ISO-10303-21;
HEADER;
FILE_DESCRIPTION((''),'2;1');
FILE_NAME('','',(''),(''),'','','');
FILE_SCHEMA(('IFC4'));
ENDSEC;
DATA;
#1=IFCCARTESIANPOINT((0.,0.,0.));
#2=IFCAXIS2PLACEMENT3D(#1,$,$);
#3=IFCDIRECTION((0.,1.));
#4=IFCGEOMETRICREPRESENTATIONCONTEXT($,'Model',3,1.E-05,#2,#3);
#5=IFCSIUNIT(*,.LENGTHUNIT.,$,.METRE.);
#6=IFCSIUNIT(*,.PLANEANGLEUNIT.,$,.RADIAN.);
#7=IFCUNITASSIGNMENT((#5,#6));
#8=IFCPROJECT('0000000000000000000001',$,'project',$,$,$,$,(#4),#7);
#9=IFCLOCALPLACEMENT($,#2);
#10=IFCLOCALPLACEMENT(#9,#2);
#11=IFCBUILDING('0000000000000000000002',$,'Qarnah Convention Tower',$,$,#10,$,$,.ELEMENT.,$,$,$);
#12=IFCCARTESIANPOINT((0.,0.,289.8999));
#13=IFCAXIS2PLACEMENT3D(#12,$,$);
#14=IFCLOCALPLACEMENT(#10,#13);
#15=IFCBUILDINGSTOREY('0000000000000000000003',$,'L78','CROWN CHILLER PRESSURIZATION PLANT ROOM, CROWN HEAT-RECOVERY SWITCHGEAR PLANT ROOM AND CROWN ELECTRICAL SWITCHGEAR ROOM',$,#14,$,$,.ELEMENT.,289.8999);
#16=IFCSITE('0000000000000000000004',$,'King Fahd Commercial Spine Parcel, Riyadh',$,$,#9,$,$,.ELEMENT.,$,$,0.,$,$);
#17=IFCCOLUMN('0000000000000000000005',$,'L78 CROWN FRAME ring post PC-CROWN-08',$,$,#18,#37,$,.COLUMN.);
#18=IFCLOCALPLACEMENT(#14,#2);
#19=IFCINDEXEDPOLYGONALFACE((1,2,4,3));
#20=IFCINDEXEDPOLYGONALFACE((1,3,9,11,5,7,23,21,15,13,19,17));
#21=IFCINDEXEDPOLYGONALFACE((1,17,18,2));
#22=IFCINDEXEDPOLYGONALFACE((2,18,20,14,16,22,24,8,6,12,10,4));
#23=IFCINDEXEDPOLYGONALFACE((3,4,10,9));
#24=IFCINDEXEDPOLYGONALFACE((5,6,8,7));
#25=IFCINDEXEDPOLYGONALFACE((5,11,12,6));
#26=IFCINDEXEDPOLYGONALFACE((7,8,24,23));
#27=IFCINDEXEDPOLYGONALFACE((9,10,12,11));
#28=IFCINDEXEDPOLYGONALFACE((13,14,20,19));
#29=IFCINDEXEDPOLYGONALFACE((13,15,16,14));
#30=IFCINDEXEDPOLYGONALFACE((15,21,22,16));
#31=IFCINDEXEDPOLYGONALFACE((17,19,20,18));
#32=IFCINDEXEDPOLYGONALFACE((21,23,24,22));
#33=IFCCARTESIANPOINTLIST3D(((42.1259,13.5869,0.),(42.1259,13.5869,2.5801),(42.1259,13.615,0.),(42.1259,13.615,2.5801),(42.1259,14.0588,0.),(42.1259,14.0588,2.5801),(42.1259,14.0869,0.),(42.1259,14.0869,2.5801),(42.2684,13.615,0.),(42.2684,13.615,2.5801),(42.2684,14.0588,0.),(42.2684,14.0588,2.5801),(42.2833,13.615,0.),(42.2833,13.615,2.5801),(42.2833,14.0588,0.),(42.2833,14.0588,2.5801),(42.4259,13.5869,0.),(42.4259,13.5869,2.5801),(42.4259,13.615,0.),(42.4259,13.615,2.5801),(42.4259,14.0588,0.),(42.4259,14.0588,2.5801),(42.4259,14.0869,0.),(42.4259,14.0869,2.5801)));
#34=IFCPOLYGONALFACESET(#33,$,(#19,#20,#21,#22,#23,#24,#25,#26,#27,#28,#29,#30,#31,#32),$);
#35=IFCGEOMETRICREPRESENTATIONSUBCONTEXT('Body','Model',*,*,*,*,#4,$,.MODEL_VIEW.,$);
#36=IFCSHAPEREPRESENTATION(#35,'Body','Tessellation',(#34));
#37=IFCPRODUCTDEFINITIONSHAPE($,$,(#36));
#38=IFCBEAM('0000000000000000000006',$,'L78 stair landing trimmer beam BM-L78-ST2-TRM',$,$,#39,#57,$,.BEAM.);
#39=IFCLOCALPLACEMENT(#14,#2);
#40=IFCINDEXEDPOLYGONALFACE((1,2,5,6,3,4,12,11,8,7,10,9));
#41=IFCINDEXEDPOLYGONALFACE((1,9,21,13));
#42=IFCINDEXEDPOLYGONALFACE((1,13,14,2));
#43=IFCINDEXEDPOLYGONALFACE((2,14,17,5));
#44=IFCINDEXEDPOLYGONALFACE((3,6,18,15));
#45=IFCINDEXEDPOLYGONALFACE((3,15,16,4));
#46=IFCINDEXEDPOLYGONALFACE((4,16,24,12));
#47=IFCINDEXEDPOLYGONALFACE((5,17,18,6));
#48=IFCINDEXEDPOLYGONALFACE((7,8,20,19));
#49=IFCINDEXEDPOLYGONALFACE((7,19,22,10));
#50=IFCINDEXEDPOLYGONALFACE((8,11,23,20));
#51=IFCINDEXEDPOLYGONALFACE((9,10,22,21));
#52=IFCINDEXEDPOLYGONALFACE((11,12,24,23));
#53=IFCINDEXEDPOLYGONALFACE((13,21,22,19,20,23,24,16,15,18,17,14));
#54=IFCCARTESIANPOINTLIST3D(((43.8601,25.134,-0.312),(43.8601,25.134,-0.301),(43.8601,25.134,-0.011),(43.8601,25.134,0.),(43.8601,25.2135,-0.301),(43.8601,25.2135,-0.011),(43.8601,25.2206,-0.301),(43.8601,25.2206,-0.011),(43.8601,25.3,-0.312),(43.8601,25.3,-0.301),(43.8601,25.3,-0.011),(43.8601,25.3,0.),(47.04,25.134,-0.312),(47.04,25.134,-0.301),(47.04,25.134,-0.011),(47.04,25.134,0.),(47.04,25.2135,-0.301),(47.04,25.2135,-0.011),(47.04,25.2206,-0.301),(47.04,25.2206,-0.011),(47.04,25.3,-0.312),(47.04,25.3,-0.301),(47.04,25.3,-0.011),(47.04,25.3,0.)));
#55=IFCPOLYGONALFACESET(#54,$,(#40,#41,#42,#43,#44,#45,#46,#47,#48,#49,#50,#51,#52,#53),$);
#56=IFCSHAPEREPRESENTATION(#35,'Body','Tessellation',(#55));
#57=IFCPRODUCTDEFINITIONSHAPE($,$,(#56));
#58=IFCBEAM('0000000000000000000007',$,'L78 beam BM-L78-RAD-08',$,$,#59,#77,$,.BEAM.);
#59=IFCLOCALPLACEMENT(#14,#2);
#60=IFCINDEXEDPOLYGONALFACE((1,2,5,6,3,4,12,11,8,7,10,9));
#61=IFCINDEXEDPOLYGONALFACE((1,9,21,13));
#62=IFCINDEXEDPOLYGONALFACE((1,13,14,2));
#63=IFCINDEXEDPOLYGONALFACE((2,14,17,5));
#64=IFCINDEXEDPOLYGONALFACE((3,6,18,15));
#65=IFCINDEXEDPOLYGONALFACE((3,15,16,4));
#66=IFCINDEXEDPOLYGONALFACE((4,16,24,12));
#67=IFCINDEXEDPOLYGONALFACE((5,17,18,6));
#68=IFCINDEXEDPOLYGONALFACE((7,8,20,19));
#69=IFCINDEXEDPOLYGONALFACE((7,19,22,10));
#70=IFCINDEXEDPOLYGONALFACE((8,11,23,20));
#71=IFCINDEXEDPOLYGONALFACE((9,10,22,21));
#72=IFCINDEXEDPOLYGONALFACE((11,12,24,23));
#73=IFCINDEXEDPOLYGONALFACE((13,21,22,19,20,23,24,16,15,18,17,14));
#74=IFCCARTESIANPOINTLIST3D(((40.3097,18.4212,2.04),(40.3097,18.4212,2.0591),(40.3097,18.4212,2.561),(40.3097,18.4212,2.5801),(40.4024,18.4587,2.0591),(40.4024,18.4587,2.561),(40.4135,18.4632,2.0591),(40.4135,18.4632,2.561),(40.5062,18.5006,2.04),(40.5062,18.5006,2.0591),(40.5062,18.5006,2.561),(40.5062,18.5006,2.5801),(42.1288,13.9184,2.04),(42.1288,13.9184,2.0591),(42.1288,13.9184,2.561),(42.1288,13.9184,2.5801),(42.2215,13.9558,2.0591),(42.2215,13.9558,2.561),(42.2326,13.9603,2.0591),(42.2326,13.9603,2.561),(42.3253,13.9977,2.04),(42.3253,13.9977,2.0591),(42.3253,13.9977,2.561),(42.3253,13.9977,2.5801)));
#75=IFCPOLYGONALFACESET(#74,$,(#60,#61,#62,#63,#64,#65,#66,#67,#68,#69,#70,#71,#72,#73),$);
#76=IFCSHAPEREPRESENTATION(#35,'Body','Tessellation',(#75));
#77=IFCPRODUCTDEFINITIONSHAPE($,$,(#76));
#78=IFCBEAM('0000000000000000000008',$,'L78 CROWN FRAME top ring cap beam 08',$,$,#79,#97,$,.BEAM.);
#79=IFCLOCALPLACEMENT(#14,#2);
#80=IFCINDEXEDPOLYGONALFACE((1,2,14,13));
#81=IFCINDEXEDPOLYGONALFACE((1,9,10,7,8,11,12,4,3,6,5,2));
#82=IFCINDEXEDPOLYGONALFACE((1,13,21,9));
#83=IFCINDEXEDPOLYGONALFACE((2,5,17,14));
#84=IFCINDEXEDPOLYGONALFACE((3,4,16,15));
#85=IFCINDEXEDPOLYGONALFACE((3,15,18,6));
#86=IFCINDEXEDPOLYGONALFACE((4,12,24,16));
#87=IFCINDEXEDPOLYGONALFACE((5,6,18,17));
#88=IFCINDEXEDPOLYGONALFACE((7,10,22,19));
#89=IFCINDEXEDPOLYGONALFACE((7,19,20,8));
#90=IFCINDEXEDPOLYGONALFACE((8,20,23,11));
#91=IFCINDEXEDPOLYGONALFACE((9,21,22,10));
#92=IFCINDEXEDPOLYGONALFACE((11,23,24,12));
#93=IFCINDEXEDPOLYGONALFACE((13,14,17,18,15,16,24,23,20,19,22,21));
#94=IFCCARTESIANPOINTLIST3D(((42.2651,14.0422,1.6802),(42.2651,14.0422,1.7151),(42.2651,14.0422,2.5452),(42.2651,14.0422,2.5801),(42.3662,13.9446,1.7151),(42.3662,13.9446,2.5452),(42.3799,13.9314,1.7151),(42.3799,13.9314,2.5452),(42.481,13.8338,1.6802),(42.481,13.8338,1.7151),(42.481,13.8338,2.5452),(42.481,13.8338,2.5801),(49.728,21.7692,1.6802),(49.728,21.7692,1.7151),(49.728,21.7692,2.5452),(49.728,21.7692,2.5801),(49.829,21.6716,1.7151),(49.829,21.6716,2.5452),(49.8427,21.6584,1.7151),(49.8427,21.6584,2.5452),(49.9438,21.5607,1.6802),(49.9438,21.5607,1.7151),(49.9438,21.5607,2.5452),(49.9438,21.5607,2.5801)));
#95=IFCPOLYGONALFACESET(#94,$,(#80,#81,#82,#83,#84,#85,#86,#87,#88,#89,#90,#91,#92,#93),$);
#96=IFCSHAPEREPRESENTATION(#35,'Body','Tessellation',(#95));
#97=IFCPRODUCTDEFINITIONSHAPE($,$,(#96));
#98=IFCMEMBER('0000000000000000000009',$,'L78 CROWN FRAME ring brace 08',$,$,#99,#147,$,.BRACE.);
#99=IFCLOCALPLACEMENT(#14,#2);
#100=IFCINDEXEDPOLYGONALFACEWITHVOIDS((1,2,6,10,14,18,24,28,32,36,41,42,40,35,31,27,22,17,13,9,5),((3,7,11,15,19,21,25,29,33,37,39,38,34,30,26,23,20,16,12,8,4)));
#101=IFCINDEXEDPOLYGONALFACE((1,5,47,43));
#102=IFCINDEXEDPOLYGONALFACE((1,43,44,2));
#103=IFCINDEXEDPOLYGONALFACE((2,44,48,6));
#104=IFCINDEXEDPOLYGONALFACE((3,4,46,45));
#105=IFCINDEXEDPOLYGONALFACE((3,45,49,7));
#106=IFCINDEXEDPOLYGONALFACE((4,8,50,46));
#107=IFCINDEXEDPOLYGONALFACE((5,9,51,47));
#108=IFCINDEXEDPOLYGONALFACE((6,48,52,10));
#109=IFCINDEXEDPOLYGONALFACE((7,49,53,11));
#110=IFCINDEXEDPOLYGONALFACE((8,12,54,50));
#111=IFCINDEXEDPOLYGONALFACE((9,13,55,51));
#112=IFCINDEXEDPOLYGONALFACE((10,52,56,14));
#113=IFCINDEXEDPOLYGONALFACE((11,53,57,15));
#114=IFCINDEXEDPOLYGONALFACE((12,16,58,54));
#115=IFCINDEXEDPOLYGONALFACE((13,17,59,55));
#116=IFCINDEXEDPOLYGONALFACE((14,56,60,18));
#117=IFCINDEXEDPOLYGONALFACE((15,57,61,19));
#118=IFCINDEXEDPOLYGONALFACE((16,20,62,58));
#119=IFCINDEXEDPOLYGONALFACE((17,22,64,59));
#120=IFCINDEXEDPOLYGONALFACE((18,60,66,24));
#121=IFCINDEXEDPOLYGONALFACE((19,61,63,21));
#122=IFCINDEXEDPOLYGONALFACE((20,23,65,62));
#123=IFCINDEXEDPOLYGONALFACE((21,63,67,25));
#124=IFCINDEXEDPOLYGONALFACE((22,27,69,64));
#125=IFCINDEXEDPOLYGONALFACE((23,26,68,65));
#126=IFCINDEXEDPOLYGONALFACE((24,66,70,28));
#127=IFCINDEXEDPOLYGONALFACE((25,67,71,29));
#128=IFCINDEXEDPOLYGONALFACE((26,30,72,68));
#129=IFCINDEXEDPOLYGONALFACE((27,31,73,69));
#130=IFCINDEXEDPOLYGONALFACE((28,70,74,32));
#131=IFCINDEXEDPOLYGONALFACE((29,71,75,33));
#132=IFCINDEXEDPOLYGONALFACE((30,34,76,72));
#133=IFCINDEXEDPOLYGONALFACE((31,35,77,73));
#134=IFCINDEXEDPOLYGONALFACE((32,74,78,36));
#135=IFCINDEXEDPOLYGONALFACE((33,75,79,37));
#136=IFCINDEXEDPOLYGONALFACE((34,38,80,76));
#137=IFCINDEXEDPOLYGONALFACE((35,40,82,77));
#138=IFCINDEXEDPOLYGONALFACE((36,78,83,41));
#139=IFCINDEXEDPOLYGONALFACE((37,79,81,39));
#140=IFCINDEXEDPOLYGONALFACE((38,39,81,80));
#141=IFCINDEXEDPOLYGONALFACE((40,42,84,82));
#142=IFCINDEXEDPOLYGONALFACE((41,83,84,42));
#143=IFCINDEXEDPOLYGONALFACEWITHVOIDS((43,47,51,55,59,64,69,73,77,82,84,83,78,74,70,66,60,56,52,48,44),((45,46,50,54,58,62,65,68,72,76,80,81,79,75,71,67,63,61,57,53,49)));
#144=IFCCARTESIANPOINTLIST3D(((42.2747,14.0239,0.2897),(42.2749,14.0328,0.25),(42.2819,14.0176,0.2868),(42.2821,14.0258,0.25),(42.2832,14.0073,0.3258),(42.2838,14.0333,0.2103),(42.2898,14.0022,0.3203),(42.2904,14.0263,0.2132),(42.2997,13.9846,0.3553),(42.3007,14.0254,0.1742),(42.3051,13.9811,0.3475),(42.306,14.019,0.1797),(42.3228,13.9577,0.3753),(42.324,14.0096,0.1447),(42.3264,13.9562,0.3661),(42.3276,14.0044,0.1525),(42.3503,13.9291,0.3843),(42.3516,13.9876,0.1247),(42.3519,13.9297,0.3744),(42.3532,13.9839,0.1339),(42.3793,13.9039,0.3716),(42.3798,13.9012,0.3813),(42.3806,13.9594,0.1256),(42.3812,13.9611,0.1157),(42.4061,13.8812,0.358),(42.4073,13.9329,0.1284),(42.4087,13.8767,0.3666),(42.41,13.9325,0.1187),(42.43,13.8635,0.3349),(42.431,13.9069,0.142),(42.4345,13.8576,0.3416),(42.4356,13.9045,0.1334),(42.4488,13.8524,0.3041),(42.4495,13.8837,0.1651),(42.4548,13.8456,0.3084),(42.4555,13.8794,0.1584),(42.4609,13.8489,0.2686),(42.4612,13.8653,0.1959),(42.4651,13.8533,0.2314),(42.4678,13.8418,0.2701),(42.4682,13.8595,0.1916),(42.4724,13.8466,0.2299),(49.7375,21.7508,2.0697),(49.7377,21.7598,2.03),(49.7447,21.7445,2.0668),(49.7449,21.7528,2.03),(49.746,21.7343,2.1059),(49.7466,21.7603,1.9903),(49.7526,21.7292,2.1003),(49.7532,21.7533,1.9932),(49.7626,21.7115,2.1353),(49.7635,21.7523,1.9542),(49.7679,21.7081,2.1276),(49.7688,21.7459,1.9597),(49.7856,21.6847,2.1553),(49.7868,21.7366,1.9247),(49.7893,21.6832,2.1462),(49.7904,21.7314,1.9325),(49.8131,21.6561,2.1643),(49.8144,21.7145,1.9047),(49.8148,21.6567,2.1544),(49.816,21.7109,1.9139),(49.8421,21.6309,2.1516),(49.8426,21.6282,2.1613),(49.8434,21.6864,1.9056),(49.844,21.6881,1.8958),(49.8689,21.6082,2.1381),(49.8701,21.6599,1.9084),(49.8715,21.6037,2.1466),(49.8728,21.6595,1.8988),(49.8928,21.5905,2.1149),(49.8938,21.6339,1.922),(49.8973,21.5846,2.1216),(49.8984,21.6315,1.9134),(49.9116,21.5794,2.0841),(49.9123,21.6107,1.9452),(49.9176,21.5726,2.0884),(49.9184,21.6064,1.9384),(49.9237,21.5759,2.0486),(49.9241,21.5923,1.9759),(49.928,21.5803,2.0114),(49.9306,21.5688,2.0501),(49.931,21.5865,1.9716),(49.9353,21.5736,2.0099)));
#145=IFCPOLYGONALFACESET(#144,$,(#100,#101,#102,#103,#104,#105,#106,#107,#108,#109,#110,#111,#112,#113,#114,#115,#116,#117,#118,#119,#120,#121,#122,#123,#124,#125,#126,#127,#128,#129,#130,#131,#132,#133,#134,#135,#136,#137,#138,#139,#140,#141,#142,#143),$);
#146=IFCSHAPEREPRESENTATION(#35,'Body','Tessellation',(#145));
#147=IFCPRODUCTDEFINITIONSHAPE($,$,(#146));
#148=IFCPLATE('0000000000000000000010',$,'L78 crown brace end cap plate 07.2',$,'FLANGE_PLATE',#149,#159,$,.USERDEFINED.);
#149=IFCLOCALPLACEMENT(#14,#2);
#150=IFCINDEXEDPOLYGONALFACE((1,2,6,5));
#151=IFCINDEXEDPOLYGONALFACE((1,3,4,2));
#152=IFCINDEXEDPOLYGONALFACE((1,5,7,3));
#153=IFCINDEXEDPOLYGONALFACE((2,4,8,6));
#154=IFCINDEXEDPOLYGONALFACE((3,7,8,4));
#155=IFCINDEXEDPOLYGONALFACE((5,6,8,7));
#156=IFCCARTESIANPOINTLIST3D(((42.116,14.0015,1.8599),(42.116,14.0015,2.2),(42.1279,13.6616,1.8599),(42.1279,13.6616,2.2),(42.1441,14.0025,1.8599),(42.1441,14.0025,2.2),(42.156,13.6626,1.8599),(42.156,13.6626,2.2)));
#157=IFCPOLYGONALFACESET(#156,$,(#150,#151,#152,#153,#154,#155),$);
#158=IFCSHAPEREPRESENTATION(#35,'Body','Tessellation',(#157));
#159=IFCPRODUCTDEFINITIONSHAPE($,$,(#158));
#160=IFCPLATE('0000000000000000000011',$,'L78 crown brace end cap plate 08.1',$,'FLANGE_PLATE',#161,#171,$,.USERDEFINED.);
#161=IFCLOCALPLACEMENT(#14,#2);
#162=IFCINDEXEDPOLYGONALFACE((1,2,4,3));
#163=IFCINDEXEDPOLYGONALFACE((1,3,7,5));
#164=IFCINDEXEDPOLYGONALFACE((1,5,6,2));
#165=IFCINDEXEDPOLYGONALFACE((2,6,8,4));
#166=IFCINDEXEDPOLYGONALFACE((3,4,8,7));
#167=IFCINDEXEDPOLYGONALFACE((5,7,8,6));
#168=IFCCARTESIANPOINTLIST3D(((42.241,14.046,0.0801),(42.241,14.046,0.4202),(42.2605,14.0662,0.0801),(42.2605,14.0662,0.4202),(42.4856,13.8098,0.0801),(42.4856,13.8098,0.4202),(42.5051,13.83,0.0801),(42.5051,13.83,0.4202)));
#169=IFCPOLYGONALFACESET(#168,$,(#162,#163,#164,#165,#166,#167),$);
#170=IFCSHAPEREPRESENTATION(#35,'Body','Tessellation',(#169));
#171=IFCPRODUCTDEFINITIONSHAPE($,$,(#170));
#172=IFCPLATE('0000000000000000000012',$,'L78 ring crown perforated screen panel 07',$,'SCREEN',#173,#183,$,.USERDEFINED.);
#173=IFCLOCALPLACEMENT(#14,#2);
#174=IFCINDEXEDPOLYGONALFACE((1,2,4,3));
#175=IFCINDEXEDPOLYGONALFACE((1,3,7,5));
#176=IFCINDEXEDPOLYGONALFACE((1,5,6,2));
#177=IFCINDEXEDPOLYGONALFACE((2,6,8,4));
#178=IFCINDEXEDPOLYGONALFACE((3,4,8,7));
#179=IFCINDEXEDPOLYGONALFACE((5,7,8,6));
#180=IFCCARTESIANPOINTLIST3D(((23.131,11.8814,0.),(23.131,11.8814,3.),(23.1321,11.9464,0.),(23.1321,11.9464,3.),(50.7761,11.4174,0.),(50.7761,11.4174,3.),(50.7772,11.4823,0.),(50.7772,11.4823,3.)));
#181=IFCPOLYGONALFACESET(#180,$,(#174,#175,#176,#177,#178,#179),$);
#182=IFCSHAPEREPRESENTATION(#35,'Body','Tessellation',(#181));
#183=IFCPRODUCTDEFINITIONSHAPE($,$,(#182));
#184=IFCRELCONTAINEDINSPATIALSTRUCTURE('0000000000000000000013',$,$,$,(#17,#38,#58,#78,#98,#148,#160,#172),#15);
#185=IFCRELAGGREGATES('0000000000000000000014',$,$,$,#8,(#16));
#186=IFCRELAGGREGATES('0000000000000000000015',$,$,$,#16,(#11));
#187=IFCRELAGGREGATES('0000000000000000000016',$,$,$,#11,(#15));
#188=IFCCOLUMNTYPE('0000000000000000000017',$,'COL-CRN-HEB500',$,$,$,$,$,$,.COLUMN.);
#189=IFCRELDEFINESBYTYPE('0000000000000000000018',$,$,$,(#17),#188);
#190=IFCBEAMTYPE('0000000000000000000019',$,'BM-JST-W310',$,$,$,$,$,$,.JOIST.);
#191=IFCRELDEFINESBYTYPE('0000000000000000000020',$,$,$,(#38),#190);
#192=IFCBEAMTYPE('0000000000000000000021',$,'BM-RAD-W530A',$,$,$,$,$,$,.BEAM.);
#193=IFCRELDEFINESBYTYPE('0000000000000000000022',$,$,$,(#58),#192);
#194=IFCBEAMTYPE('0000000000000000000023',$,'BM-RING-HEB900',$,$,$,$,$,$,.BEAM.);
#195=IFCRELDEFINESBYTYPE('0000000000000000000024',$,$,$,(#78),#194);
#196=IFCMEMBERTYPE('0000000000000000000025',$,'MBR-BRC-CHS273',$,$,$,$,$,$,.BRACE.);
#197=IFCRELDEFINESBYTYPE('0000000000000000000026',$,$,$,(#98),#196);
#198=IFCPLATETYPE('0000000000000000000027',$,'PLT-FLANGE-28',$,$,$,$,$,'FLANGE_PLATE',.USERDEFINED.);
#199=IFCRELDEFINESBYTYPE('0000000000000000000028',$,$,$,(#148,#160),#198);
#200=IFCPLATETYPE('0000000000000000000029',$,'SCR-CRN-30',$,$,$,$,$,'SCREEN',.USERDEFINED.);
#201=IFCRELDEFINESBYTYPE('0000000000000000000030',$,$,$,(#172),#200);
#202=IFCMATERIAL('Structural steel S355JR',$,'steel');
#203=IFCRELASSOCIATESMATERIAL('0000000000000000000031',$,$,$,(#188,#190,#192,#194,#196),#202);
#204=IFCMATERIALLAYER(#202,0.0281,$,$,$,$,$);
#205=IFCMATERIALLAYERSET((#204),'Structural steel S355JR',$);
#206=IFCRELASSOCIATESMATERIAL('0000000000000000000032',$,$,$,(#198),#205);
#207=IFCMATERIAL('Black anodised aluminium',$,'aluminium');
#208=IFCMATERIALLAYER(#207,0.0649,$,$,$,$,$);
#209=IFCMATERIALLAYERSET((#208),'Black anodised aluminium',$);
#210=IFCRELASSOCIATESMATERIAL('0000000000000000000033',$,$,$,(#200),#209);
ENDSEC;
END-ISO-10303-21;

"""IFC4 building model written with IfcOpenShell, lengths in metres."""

from ifc_helpers import new_model, si_unit, direction, frame, origin, origin_2d, place, context, subcontext, project, spatial, rectangle, hollow_circle, i_section, extrude, material, layer, layer_set, material_profile, profile_set, type_object, element, save


model = new_model("IFC4")

# Units and contexts
model_context = context("Model", 3, precision=1e-05, world=origin(), true_north=direction((0.0, 1.0)))
body_context = subcontext(model_context, "Body", "Model", "MODEL_VIEW")
ifc_project = project(units=[si_unit("LENGTHUNIT", "METRE"), si_unit("PLANEANGLEUNIT", "RADIAN")], contexts=[model_context])

# Site, building, storey
site_placement = place(None, origin())
site = spatial("IfcSite", under=ifc_project, at=site_placement, Name="King Fahd Commercial Spine Parcel, Riyadh", CompositionType="ELEMENT", RefElevation=0.0)
building_placement = place(site_placement, origin())
building = spatial("IfcBuilding", under=site, at=building_placement, Name="Qarnah Convention Tower", CompositionType="ELEMENT")
storey_placement = place(building_placement, frame((0.0, 0.0, 289.8999)))
storey = spatial("IfcBuildingStorey", under=building, at=storey_placement, Name="L78", Description="CROWN CHILLER PRESSURIZATION PLANT ROOM, CROWN HEAT-RECOVERY SWITCHGEAR PLANT ROOM AND CROWN ELECTRICAL SWITCHGEAR ROOM", CompositionType="ELEMENT", Elevation=289.8999)

# Column
ifc_material_1 = material(Name="Structural steel S355JR", Category="steel")
ifc_material_profile_1 = material_profile(ifc_material_1, i_section(OverallWidth=0.3, OverallDepth=0.5, WebThickness=0.0149, FlangeThickness=0.0281, at=origin_2d()), Name="HEB500")
ifc_profile_set_1 = profile_set([ifc_material_profile_1], Name="Structural steel S355JR")
column_type = type_object("IfcColumnType", Name="COL-CRN-HEB500", PredefinedType="COLUMN", material=ifc_profile_set_1)
column_placement = place(storey_placement, frame((42.2759, 13.8369, 0.0), z_axis=(0.0, 0.0, 1.0), x_axis=(1.0, 0.0, 0.0)))
element("IfcColumn", 1, at=column_placement, inside=storey, type_object=column_type, Name="L78 CROWN FRAME ring post PC-CROWN-08", PredefinedType="COLUMN", context=body_context, shape_type="SweptSolid", body=[
    extrude(i_section(OverallWidth=0.3, OverallDepth=0.5, WebThickness=0.0149, FlangeThickness=0.0281, at=origin_2d()), origin(), (0.0, 0.0, 1.0), 2.5801),
])

# Beams
ifc_material_profile_2 = material_profile(ifc_material_1, i_section(OverallWidth=0.166, OverallDepth=0.312, WebThickness=0.0071, FlangeThickness=0.011, at=origin_2d()), Name="W310X45")
ifc_profile_set_2 = profile_set([ifc_material_profile_2], Name="Structural steel S355JR")
beam_type_1 = type_object("IfcBeamType", Name="BM-JST-W310", PredefinedType="JOIST", material=ifc_profile_set_2)
beam_1_placement = place(storey_placement, frame((43.8601, 25.217, -0.156), z_axis=(1.0, 0.0, 0.0), x_axis=(0.0, 1.0, 0.0)))
element("IfcBeam", 2, at=beam_1_placement, inside=storey, type_object=beam_type_1, Name="L78 stair landing trimmer beam BM-L78-ST2-TRM", PredefinedType="BEAM", context=body_context, shape_type="SweptSolid", body=[
    extrude(i_section(OverallWidth=0.166, OverallDepth=0.312, WebThickness=0.0071, FlangeThickness=0.011, at=origin_2d()), origin(), (0.0, 0.0, 1.0), 3.1799),
])
ifc_material_profile_3 = material_profile(ifc_material_1, i_section(OverallWidth=0.2119, OverallDepth=0.54, WebThickness=0.012, FlangeThickness=0.019, at=origin_2d()), Name="W530X109")
ifc_profile_set_3 = profile_set([ifc_material_profile_3], Name="Structural steel S355JR")
beam_type_2 = type_object("IfcBeamType", Name="BM-RAD-W530A", PredefinedType="BEAM", material=ifc_profile_set_3)
beam_2_placement = place(storey_placement, frame((40.408, 18.4609, 2.3101), z_axis=(0.374569, -0.927199, 0.0), x_axis=(0.927199, 0.374569, 0.0)))
element("IfcBeam", 3, at=beam_2_placement, inside=storey, type_object=beam_type_2, Name="L78 beam BM-L78-RAD-08", PredefinedType="BEAM", context=body_context, shape_type="SweptSolid", body=[
    extrude(i_section(OverallWidth=0.2119, OverallDepth=0.54, WebThickness=0.012, FlangeThickness=0.019, at=origin_2d()), origin(), (0.0, 0.0, 1.0), 4.8564),
])
ifc_material_profile_4 = material_profile(ifc_material_1, i_section(OverallWidth=0.3, OverallDepth=0.8999, WebThickness=0.019, FlangeThickness=0.0349, at=origin_2d()), Name="HEB900")
ifc_profile_set_4 = profile_set([ifc_material_profile_4], Name="Structural steel S355JR")
beam_type_3 = type_object("IfcBeamType", Name="BM-RING-HEB900", PredefinedType="BEAM", material=ifc_profile_set_4)
beam_3_placement = place(storey_placement, frame((42.373, 13.938, 2.1301), z_axis=(0.694705, 0.719295, 0.0), x_axis=(-0.719295, 0.694705, 0.0)))
element("IfcBeam", 4, at=beam_3_placement, inside=storey, type_object=beam_type_3, Name="L78 CROWN FRAME top ring cap beam 08", PredefinedType="BEAM", context=body_context, shape_type="SweptSolid", body=[
    extrude(i_section(OverallWidth=0.3, OverallDepth=0.8999, WebThickness=0.019, FlangeThickness=0.0349, at=origin_2d()), origin(), (0.0, 0.0, 1.0), 10.7424),
])

# Member
ifc_material_profile_5 = material_profile(ifc_material_1, hollow_circle(Radius=0.1365, WallThickness=0.01, at=origin_2d()), Name="CHS273X10")
ifc_profile_set_5 = profile_set([ifc_material_profile_5], Name="Structural steel S355JR")
member_type = type_object("IfcMemberType", Name="MBR-BRC-CHS273", PredefinedType="BRACE", material=ifc_profile_set_5)
member_placement = place(storey_placement, frame((42.373, 13.938, 0.25), z_axis=(0.68536, 0.709619, 0.16347), x_axis=(-0.719295, 0.694705, 0.0)))
element("IfcMember", 5, at=member_placement, inside=storey, type_object=member_type, Name="L78 CROWN FRAME ring brace 08", PredefinedType="BRACE", context=body_context, shape_type="SweptSolid", body=[
    extrude(hollow_circle(Radius=0.1365, WallThickness=0.01, at=origin_2d()), origin(), (0.0, 0.0, 1.0), 10.8889),
])

# Plates
ifc_layer_1 = layer(ifc_material_1, 0.0281)
ifc_layer_set_1 = layer_set([ifc_layer_1], Name="Structural steel S355JR")
plate_type_1 = type_object("IfcPlateType", Name="PLT-FLANGE-28", ElementType="FLANGE_PLATE", PredefinedType="USERDEFINED", material=ifc_layer_set_1)
for number, where, z_axis, x_axis, name in (
    (6, (42.136, 13.832, 1.8599), (0.0, 0.0, 1.0), (0.99939, 0.034934, 0.0), "L78 crown brace end cap plate 07.2"),
    (7, (42.373, 13.938, 0.0801), (0.0, 0.0, 1.0), (0.694712, 0.719288, 0.0), "L78 crown brace end cap plate 08.1"),
):
    element("IfcPlate", number, at=place(storey_placement, frame(where, z_axis=z_axis, x_axis=x_axis)), inside=storey, type_object=plate_type_1, Name=name, ObjectType="FLANGE_PLATE", PredefinedType="USERDEFINED", context=body_context, shape_type="SweptSolid", body=[
        extrude(rectangle(XDim=0.0281, YDim=0.3401, at=origin_2d()), origin(), (0.0, 0.0, 1.0), 0.3401),
    ])
ifc_material_2 = material(Name="Black anodised aluminium", Category="aluminium")
ifc_layer_2 = layer(ifc_material_2, 0.0649)
ifc_layer_set_2 = layer_set([ifc_layer_2], Name="Black anodised aluminium")
plate_type_2 = type_object("IfcPlateType", Name="SCR-CRN-30", ElementType="SCREEN", PredefinedType="USERDEFINED", material=ifc_layer_set_2)
plate_placement = place(storey_placement, frame((36.9541, 11.6819, 0.0), z_axis=(0.0, 0.0, 1.0), x_axis=(-0.999859, 0.016782, 0.0)))
element("IfcPlate", 8, at=plate_placement, inside=storey, type_object=plate_type_2, Name="L78 ring crown perforated screen panel 07", ObjectType="SCREEN", PredefinedType="USERDEFINED", context=body_context, shape_type="SweptSolid", body=[
    extrude(rectangle(XDim=27.6489, YDim=0.0649, at=origin_2d()), origin(), (0.0, 0.0, 1.0), 3.0),
])

save(model, "model.ifc")
